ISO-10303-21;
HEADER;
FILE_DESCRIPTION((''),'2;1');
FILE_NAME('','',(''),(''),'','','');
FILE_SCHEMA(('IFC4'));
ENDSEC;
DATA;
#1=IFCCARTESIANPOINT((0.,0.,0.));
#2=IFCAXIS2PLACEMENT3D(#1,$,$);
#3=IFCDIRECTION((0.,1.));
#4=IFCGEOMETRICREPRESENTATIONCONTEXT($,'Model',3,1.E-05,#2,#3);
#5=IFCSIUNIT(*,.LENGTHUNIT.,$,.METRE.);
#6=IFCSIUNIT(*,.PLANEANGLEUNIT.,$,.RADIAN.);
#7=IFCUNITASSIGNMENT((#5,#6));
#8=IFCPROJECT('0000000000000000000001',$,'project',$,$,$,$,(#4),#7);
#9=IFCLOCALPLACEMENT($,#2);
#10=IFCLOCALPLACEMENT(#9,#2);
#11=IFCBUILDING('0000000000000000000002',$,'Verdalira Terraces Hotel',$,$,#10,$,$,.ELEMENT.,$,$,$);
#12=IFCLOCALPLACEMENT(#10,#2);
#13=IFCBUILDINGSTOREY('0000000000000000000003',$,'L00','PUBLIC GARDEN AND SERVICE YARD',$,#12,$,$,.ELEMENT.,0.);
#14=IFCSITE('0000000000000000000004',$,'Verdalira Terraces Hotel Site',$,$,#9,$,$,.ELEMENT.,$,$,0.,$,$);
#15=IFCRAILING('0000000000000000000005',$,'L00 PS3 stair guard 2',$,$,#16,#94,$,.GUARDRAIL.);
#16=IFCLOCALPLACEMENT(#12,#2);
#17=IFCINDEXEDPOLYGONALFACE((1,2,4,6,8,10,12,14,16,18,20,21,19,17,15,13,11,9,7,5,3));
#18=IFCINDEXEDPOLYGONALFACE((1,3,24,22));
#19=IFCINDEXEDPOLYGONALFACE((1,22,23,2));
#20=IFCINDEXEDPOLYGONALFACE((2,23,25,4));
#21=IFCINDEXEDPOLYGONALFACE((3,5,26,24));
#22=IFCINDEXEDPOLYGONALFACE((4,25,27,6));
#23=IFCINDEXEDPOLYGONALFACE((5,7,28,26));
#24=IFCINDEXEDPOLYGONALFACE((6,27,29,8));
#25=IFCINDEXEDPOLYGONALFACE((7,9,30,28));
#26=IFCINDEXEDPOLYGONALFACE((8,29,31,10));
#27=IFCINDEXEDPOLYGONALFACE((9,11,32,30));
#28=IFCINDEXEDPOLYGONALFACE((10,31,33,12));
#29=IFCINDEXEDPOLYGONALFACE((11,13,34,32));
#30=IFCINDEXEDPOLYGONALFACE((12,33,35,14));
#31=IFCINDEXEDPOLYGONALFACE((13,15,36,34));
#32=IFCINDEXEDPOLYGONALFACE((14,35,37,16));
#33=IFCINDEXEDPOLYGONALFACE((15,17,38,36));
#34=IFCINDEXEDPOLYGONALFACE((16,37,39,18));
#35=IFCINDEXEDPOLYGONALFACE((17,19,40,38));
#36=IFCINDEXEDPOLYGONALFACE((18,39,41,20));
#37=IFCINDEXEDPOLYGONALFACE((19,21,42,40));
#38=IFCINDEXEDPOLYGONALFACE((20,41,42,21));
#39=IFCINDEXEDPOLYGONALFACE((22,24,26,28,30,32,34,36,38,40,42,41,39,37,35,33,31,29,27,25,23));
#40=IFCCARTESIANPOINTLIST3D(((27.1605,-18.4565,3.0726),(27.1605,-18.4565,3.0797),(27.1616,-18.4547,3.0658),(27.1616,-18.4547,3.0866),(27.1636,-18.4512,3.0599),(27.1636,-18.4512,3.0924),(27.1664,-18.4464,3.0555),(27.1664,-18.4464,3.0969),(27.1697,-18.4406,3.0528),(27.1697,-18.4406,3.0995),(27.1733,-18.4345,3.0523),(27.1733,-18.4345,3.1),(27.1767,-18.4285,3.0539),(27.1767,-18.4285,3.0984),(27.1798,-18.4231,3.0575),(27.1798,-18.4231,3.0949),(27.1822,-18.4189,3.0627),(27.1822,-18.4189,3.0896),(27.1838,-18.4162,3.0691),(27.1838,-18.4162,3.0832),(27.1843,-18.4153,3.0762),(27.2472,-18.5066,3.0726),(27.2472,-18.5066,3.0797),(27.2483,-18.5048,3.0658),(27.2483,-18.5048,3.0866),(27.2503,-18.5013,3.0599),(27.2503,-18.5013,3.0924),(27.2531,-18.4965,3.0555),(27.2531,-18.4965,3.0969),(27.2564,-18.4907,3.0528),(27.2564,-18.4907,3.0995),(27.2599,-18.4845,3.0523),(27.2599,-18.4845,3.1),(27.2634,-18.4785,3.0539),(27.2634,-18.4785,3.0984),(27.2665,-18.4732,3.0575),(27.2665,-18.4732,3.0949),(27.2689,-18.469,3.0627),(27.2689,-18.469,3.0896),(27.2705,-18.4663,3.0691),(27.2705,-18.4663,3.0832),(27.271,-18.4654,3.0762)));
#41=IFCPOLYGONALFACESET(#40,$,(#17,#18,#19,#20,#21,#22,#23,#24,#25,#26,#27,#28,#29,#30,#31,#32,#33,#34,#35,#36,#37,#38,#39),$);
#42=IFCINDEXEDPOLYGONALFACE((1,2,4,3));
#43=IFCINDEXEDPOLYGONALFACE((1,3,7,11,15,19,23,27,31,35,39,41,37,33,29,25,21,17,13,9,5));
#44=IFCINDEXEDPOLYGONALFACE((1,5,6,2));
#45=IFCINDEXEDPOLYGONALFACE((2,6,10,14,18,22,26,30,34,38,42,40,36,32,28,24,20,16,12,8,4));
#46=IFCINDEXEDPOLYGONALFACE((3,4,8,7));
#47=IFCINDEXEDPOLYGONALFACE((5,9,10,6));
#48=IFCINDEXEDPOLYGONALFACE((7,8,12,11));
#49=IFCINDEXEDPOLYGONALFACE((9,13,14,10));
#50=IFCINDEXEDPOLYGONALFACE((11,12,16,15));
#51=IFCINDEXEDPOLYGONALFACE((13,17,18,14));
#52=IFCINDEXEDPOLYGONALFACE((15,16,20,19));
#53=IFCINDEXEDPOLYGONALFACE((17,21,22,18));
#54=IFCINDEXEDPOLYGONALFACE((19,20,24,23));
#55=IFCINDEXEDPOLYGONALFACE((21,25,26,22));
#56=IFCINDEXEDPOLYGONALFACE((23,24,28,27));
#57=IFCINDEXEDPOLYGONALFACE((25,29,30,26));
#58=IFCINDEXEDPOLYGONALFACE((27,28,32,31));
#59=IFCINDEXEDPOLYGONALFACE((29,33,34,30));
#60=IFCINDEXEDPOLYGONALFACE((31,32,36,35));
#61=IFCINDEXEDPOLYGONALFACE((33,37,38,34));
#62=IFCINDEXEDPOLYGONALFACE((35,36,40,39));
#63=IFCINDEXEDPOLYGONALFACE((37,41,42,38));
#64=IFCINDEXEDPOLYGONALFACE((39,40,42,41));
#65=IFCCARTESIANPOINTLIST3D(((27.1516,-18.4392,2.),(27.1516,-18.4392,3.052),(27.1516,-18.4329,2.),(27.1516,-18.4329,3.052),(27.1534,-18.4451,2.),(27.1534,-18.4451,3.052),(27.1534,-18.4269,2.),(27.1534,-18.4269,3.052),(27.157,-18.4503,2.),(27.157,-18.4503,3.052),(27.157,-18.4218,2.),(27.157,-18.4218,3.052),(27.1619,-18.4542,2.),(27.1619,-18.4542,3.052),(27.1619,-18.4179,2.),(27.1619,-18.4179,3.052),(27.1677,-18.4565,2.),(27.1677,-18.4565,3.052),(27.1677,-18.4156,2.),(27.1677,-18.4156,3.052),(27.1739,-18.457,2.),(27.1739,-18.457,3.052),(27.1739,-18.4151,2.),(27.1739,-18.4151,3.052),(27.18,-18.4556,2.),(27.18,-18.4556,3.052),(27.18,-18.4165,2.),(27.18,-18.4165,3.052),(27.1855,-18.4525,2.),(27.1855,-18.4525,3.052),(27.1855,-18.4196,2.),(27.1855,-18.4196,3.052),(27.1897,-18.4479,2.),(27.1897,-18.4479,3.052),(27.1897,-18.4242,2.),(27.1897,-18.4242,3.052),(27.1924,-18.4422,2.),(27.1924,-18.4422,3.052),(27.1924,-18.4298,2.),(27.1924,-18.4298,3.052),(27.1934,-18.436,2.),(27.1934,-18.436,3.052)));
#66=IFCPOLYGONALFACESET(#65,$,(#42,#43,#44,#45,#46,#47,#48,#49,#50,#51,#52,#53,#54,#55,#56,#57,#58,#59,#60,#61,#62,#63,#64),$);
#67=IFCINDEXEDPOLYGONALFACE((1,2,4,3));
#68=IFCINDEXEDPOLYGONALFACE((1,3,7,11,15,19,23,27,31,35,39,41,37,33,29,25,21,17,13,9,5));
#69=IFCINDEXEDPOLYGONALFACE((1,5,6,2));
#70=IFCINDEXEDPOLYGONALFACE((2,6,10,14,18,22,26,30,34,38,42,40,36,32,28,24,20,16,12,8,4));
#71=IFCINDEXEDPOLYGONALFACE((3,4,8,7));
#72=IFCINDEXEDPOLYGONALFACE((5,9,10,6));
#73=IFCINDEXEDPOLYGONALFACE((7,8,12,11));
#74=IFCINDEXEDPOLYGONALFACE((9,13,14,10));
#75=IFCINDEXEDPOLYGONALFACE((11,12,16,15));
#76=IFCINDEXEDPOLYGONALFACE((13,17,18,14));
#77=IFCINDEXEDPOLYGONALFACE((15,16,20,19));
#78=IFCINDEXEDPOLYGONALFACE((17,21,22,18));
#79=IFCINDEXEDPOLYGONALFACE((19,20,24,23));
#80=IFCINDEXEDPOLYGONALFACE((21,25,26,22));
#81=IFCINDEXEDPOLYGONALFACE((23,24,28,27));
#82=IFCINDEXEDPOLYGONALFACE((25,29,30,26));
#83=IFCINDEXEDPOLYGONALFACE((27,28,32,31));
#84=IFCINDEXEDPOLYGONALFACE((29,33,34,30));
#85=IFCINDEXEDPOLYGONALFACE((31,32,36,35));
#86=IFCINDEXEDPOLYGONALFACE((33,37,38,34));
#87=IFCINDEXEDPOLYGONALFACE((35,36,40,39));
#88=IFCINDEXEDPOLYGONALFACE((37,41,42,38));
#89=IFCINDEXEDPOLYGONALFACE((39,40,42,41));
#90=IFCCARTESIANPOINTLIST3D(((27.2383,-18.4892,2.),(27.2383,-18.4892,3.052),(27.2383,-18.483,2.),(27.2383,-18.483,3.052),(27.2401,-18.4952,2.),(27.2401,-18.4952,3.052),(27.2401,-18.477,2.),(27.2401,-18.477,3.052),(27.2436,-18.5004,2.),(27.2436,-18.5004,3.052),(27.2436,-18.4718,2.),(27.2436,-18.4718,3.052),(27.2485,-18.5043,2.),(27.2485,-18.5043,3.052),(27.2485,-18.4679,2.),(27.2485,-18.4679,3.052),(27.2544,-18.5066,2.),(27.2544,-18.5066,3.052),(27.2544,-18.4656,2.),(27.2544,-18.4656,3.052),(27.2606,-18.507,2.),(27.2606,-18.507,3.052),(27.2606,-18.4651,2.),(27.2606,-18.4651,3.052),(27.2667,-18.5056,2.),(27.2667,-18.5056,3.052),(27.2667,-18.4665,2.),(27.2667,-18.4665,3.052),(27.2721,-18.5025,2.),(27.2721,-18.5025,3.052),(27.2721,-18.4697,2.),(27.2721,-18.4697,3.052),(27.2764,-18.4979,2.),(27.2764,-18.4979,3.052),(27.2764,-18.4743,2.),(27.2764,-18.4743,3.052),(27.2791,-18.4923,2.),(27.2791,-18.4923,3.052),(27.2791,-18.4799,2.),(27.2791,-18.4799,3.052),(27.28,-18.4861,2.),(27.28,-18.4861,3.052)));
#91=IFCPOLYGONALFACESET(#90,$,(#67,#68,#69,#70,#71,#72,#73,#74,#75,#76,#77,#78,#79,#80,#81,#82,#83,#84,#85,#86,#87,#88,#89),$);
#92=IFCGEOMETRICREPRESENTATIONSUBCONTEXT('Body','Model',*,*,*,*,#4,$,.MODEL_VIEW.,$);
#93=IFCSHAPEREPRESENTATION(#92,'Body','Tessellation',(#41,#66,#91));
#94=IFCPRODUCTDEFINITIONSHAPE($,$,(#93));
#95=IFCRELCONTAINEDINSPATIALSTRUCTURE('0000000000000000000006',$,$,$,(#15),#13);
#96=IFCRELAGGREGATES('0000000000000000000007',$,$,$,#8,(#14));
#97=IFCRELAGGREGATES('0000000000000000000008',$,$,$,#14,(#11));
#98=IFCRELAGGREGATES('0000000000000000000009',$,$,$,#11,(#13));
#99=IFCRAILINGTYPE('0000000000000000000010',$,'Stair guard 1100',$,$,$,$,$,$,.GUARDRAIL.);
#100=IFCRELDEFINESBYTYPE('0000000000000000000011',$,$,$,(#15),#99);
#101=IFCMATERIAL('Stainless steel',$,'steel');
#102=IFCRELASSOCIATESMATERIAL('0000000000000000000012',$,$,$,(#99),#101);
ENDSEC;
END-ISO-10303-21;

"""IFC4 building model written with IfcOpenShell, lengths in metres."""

from ifc_helpers import new_model, si_unit, direction, frame, origin, origin_2d, place, context, subcontext, project, spatial, circle, extrude, material, type_object, element, save


model = new_model("IFC4")

# Units and contexts
model_context = context("Model", 3, precision=1e-05, world=origin(), true_north=direction((0.0, 1.0)))
body_context = subcontext(model_context, "Body", "Model", "MODEL_VIEW")
ifc_project = project(units=[si_unit("LENGTHUNIT", "METRE"), si_unit("PLANEANGLEUNIT", "RADIAN")], contexts=[model_context])

# Site, building, storey
site_placement = place(None, origin())
site = spatial("IfcSite", under=ifc_project, at=site_placement, Name="Verdalira Terraces Hotel Site", CompositionType="ELEMENT", RefElevation=0.0)
building_placement = place(site_placement, origin())
building = spatial("IfcBuilding", under=site, at=building_placement, Name="Verdalira Terraces Hotel", CompositionType="ELEMENT")
storey_placement = place(building_placement, origin())
storey = spatial("IfcBuildingStorey", under=building, at=storey_placement, Name="L00", Description="PUBLIC GARDEN AND SERVICE YARD", CompositionType="ELEMENT", Elevation=0.0)

# Railing
ifc_material_1 = material(Name="Stainless steel", Category="steel")
railing_type = type_object("IfcRailingType", Name="Stair guard 1100", PredefinedType="GUARDRAIL", material=ifc_material_1)
railing_placement = place(storey_placement, frame((27.1724, -18.436, 2.0)))
element("IfcRailing", 1, at=railing_placement, inside=storey, type_object=railing_type, Name="L00 PS3 stair guard 2", PredefinedType="GUARDRAIL", context=body_context, shape_type="SweptSolid", body=[
    extrude(circle(Radius=0.0239, at=origin_2d()), frame((0.0, 0.0, 1.0762), z_axis=(0.865982, -0.500074, 0.0), x_axis=(0.500074, 0.865982, 0.0)), (0.0, 0.0, 1.0), 0.1001),
    extrude(circle(Radius=0.021, at=origin_2d()), origin(), (0.0, 0.0, 1.0), 1.052),
    extrude(circle(Radius=0.021, at=origin_2d()), frame((0.0867, -0.05, 0.0)), (0.0, 0.0, 1.0), 1.052),
])

save(model, "model.ifc")
